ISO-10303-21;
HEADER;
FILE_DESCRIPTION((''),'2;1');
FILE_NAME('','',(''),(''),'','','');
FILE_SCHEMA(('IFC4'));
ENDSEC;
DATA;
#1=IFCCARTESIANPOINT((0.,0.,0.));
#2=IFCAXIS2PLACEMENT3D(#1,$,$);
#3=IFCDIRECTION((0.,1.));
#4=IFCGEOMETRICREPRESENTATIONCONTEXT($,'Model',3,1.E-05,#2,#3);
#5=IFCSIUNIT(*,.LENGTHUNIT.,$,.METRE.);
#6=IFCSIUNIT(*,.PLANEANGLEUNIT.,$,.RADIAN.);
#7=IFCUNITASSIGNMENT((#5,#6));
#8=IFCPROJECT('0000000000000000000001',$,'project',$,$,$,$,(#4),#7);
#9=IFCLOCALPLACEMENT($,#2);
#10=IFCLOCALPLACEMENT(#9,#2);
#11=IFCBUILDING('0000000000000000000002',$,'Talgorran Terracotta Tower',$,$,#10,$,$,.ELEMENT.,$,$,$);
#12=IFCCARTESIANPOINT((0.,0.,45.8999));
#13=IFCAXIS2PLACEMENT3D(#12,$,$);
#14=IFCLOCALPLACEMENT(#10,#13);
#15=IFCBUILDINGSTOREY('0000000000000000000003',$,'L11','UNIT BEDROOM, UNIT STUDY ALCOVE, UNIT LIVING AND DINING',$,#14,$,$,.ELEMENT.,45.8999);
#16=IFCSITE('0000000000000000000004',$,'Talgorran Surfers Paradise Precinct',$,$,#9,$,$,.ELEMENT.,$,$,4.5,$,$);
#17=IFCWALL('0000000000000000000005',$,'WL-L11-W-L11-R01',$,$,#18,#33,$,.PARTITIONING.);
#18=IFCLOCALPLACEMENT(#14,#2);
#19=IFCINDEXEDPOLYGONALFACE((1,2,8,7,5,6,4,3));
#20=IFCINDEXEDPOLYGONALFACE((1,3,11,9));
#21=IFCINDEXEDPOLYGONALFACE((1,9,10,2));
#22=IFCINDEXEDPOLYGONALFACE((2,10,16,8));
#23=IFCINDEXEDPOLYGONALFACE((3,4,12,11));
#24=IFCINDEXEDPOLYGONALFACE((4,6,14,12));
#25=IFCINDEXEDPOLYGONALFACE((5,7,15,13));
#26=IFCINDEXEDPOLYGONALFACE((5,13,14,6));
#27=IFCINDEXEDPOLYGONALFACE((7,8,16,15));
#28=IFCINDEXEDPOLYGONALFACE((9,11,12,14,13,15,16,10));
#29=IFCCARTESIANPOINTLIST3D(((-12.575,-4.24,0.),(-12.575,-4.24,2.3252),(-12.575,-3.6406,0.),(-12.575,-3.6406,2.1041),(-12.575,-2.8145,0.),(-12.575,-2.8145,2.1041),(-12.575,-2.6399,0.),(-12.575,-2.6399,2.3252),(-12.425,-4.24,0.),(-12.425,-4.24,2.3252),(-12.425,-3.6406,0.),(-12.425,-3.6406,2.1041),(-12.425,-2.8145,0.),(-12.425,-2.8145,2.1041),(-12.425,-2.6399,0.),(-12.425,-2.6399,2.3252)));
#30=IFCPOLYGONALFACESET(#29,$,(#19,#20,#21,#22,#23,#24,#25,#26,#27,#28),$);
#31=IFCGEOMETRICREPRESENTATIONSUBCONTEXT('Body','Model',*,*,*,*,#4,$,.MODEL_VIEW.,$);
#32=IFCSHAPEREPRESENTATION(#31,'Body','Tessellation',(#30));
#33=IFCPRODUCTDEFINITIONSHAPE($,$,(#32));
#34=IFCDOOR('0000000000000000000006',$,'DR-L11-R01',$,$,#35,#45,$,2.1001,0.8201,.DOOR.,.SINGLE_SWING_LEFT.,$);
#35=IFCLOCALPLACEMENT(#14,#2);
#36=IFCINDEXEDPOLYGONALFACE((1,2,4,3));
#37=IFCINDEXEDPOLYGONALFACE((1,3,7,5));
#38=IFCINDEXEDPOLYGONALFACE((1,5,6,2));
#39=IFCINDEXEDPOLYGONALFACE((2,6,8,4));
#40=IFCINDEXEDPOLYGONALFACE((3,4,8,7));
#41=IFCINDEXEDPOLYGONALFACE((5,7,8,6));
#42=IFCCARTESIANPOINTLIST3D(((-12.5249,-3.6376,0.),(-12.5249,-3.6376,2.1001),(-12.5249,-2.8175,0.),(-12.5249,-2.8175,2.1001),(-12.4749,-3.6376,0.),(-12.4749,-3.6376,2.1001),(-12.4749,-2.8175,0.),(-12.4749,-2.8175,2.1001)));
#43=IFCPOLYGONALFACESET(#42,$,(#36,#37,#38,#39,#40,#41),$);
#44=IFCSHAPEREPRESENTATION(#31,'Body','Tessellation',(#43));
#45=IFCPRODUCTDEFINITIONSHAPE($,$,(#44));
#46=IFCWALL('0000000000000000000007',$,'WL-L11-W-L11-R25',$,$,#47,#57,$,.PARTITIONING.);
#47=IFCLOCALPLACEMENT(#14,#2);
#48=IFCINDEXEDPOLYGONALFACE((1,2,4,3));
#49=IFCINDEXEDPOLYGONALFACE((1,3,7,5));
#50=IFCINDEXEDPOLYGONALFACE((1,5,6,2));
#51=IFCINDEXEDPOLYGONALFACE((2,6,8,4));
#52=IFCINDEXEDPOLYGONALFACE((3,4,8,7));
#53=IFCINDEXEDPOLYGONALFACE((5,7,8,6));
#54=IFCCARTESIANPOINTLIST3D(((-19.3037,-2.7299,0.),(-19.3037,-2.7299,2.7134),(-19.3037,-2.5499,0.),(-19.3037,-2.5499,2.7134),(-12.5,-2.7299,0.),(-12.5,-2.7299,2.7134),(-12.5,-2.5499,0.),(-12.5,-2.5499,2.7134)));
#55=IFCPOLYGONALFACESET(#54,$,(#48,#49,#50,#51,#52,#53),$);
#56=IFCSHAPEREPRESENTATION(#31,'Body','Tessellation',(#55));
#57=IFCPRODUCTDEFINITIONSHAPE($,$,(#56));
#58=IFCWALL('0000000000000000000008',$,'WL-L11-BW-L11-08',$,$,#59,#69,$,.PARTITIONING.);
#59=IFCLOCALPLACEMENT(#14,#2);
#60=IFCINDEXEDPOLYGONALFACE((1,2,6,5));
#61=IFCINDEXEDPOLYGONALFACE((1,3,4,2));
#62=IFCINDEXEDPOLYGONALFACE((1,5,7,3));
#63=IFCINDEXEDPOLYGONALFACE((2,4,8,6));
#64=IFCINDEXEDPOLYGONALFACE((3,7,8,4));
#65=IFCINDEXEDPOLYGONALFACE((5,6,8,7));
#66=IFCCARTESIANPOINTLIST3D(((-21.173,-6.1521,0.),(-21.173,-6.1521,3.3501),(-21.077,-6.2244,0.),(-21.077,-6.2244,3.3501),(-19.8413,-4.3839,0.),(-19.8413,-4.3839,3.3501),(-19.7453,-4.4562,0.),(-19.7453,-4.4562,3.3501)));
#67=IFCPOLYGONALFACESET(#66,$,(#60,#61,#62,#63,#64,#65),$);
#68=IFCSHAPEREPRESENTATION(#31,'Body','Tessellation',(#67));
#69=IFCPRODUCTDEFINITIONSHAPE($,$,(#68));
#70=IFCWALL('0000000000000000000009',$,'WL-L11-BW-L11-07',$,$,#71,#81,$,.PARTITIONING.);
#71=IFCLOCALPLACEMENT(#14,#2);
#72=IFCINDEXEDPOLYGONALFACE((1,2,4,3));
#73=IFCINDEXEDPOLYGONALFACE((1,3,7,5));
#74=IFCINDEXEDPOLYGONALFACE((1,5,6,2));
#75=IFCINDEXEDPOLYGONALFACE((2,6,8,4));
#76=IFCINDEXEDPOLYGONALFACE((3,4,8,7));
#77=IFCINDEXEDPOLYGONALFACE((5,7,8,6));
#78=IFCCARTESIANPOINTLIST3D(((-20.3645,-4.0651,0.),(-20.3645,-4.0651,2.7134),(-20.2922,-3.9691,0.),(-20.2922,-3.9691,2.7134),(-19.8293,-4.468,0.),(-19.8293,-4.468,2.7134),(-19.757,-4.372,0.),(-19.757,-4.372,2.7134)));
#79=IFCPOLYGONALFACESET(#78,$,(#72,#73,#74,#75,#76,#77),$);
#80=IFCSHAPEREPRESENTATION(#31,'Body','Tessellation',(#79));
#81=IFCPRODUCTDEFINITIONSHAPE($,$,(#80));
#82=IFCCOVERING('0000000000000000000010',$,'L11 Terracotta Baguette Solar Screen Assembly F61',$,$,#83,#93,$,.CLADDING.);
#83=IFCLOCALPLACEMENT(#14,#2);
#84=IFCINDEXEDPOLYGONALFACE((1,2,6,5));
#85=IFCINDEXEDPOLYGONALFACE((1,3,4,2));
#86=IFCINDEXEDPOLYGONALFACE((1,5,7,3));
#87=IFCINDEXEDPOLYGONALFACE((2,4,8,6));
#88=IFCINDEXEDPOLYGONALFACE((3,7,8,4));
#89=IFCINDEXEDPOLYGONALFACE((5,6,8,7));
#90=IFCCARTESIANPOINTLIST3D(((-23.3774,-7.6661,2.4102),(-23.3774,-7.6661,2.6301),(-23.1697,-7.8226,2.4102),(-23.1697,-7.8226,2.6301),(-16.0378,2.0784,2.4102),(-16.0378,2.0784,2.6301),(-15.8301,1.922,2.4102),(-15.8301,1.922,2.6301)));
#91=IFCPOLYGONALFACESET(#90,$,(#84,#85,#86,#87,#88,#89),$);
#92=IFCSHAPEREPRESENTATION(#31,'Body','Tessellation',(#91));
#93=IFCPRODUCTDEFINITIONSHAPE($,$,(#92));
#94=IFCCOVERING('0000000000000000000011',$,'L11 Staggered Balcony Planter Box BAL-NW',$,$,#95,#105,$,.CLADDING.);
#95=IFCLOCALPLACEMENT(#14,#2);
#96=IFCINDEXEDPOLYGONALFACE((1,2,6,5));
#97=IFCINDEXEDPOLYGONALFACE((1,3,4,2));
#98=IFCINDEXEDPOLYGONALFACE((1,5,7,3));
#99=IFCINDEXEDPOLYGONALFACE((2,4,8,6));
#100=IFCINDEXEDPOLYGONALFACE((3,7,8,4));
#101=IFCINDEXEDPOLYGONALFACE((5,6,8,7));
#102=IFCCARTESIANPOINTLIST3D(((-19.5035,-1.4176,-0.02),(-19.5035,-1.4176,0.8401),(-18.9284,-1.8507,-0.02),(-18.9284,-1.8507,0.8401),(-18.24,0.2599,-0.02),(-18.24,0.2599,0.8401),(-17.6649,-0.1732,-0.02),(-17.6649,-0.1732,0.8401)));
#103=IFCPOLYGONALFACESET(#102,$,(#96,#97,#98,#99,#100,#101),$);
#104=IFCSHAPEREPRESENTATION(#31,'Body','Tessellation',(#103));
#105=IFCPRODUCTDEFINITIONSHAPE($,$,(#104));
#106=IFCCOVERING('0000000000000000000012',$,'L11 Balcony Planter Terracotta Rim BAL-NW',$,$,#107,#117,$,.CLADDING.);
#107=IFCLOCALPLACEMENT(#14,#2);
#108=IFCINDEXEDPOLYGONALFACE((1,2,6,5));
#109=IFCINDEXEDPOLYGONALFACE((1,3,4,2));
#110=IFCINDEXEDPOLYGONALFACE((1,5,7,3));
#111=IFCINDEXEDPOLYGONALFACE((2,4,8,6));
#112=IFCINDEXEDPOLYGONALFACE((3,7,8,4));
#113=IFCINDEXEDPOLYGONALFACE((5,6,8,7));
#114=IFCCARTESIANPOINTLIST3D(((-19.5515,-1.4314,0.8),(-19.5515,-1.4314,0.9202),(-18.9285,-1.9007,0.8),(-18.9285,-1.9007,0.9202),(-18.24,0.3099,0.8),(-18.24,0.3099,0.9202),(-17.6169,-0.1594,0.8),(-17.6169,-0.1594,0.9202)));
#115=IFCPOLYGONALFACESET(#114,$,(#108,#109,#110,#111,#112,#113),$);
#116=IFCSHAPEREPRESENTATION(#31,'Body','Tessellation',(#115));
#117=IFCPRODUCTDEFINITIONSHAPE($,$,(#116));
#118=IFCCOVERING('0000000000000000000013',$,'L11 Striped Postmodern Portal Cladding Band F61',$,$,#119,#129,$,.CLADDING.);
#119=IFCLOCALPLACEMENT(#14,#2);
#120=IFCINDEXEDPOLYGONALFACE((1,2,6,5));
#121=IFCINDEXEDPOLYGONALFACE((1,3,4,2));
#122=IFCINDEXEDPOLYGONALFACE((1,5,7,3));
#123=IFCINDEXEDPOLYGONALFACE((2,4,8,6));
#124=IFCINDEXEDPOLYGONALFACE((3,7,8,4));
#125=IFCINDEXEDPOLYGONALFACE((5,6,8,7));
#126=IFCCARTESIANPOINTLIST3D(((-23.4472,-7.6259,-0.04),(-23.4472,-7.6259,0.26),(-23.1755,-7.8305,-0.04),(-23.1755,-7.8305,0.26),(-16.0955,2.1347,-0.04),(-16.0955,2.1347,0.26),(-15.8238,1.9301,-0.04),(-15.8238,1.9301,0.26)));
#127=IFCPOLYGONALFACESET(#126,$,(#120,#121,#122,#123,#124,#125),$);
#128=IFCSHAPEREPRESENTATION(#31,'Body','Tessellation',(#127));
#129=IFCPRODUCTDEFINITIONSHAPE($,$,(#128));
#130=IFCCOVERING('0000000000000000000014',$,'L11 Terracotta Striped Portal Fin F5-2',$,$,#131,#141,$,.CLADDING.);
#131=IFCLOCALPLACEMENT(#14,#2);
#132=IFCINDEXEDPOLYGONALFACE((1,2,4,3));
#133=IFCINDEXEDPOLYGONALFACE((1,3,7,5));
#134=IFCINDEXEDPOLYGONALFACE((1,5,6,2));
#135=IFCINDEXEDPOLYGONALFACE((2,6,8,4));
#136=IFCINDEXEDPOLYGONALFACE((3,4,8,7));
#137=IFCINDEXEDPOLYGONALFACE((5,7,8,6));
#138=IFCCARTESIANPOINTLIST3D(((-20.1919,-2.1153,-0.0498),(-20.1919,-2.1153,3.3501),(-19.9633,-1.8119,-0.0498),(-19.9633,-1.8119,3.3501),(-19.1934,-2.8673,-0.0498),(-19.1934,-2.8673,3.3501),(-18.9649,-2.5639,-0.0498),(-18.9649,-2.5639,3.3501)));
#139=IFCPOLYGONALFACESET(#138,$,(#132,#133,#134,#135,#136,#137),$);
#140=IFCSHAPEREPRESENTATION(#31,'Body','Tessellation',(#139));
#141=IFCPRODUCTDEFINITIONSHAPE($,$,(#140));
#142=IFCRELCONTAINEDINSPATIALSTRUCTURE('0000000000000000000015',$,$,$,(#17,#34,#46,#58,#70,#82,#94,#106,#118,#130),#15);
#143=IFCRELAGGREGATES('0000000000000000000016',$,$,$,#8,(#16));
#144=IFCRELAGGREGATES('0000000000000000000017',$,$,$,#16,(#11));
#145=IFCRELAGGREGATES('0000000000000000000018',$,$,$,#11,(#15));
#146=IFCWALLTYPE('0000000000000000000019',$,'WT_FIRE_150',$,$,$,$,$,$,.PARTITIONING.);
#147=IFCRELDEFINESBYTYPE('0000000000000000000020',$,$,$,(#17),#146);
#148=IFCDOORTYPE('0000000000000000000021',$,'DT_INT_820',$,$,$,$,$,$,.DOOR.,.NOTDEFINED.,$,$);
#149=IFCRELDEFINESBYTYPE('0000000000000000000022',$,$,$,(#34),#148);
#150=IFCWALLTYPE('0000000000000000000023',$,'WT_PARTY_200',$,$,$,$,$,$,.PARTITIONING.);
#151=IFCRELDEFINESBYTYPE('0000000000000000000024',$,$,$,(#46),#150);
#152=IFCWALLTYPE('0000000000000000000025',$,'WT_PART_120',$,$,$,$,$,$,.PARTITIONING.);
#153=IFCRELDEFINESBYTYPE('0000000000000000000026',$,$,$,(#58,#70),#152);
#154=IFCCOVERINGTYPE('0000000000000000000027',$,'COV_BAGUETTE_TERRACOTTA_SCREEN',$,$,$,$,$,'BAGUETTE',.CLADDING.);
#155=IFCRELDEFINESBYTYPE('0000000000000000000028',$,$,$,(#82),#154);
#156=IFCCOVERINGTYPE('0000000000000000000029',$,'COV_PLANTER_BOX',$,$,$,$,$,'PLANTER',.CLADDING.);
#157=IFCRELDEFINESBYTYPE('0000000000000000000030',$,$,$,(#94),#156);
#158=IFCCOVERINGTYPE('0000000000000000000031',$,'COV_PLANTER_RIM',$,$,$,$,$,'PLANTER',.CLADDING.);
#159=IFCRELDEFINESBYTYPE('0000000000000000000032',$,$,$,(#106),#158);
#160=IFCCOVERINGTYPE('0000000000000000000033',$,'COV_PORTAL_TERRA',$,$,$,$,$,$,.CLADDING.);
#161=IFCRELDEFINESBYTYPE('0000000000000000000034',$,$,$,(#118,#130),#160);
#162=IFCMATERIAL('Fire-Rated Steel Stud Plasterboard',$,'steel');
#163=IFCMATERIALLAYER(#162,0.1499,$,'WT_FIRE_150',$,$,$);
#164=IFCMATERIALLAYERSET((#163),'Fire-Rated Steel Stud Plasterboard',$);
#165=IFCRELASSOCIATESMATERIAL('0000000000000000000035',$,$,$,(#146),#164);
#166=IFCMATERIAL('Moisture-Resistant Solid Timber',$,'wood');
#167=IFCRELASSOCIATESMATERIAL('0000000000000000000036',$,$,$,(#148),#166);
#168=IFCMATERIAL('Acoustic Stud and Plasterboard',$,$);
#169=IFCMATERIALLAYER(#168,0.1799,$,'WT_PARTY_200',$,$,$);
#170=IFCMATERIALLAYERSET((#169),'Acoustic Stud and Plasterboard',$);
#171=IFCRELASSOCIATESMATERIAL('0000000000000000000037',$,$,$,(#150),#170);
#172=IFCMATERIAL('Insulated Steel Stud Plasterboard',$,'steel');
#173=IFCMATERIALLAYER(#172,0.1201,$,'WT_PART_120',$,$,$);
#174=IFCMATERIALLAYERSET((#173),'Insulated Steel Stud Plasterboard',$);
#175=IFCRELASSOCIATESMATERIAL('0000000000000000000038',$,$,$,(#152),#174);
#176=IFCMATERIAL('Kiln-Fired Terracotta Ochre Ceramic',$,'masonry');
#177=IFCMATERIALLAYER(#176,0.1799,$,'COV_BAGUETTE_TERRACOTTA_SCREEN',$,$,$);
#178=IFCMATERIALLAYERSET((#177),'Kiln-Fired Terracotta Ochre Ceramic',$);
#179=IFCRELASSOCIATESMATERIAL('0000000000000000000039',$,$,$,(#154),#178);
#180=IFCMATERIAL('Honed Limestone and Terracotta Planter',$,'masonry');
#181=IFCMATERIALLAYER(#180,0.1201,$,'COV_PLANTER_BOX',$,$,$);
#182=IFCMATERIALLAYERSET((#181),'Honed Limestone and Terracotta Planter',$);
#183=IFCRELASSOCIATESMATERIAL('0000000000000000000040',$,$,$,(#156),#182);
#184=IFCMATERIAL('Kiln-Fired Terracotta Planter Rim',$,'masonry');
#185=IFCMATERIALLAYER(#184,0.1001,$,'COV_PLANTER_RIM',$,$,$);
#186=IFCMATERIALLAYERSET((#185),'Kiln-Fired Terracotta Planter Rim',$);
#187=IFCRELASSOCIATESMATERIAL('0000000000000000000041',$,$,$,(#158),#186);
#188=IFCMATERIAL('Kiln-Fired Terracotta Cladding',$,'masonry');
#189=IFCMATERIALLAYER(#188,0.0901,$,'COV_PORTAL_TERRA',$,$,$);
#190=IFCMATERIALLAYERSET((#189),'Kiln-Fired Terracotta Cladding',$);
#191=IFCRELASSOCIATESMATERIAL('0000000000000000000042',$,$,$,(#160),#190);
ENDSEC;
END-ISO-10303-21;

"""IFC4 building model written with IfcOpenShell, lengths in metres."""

from ifc_helpers import new_model, si_unit, direction, frame, frame_2d, origin, origin_2d, place, context, subcontext, project, spatial, rectangle, extrude, material, layer, layer_set, type_object, element, fill, save


model = new_model("IFC4")

# Units and contexts
model_context = context("Model", 3, precision=1e-05, world=origin(), true_north=direction((0.0, 1.0)))
body_context = subcontext(model_context, "Body", "Model", "MODEL_VIEW")
ifc_project = project(units=[si_unit("LENGTHUNIT", "METRE"), si_unit("PLANEANGLEUNIT", "RADIAN")], contexts=[model_context])

# Site, building, storey
site_placement = place(None, origin())
site = spatial("IfcSite", under=ifc_project, at=site_placement, Name="Talgorran Surfers Paradise Precinct", CompositionType="ELEMENT", RefElevation=4.5)
building_placement = place(site_placement, origin())
building = spatial("IfcBuilding", under=site, at=building_placement, Name="Talgorran Terracotta Tower", CompositionType="ELEMENT")
storey_placement = place(building_placement, frame((0.0, 0.0, 45.8999)))
storey = spatial("IfcBuildingStorey", under=building, at=storey_placement, Name="L11", Description="UNIT BEDROOM, UNIT STUDY ALCOVE, UNIT LIVING AND DINING", CompositionType="ELEMENT", Elevation=45.8999)

# Shared definitions
ifc_material_1 = material(Name="Fire-Rated Steel Stud Plasterboard", Category="steel")
ifc_layer_1 = layer(ifc_material_1, 0.1499, Name="WT_FIRE_150")
ifc_layer_set_1 = layer_set([ifc_layer_1], Name="Fire-Rated Steel Stud Plasterboard")
wall_type_1 = type_object("IfcWallType", Name="WT_FIRE_150", PredefinedType="PARTITIONING", material=ifc_layer_set_1)

# Wall, opening, door
wall_1_placement = place(storey_placement, frame((-12.5, -4.24, 0.0), z_axis=(0.0, 0.0, 1.0), x_axis=(0.0, 1.0, 0.0)))
wall_1 = element("IfcWall", 1, at=wall_1_placement, inside=storey, type_object=wall_type_1, Name="WL-L11-W-L11-R01", PredefinedType="PARTITIONING", context=body_context, shape_type="SweptSolid", body=[
    extrude(rectangle(XDim=1.6001, YDim=0.1499, at=frame_2d((0.8, 0.0))), origin(), (0.0, 0.0, 1.0), 2.3252),
])
opening_1_placement = place(wall_1_placement, frame((0.6023, 0.0, 0.0)))
opening_1 = element("IfcOpeningElement", 2, at=opening_1_placement, cuts=wall_1, PredefinedType="OPENING", context=body_context, shape_type="SweptSolid", body=[
    extrude(rectangle(XDim=0.8261, YDim=2.1041, at=frame_2d((0.4102, 1.052))), frame((0.0, 0.085, 0.0), z_axis=(0.0, -1.0, 0.0), x_axis=(1.0, 0.0, 0.0)), (0.0, 0.0, 1.0), 0.1699),
])
ifc_material_2 = material(Name="Moisture-Resistant Solid Timber", Category="wood")
door_type_1 = type_object("IfcDoorType", Name="DT_INT_820", OperationType="NOTDEFINED", PredefinedType="DOOR", material=ifc_material_2)
door_1_placement = place(opening_1_placement, origin())
door_1 = element("IfcDoor", 3, at=door_1_placement, inside=storey, type_object=door_type_1, Name="DR-L11-R01", OperationType="SINGLE_SWING_LEFT", OverallHeight=2.1001, OverallWidth=0.8201, PredefinedType="DOOR", context=body_context, shape_type="SweptSolid", body=[
    extrude(rectangle(XDim=0.8201, YDim=2.1001, at=frame_2d((0.4102, 1.05))), frame((0.0, 0.0249, 0.0), z_axis=(0.0, -1.0, 0.0), x_axis=(1.0, 0.0, 0.0)), (0.0, 0.0, 1.0), 0.05),
])
fill(opening_1, door_1)

# Walls
ifc_material_3 = material(Name="Acoustic Stud and Plasterboard")
ifc_layer_2 = layer(ifc_material_3, 0.1799, Name="WT_PARTY_200")
ifc_layer_set_2 = layer_set([ifc_layer_2], Name="Acoustic Stud and Plasterboard")
wall_type_2 = type_object("IfcWallType", Name="WT_PARTY_200", PredefinedType="PARTITIONING", material=ifc_layer_set_2)
wall_2_placement = place(storey_placement, frame((-19.3037, -2.6399, 0.0), z_axis=(0.0, 0.0, 1.0), x_axis=(1.0, 0.0, 0.0)))
element("IfcWall", 4, at=wall_2_placement, inside=storey, type_object=wall_type_2, Name="WL-L11-W-L11-R25", PredefinedType="PARTITIONING", context=body_context, shape_type="SweptSolid", body=[
    extrude(rectangle(XDim=6.8037, YDim=0.1799, at=frame_2d((3.4019, 0.0))), origin(), (0.0, 0.0, 1.0), 2.7134),
])
ifc_material_4 = material(Name="Insulated Steel Stud Plasterboard", Category="steel")
ifc_layer_3 = layer(ifc_material_4, 0.1201, Name="WT_PART_120")
ifc_layer_set_3 = layer_set([ifc_layer_3], Name="Insulated Steel Stud Plasterboard")
wall_type_3 = type_object("IfcWallType", Name="WT_PART_120", PredefinedType="PARTITIONING", material=ifc_layer_set_3)
wall_3_placement = place(storey_placement, frame((-19.7932, -4.4199, 0.0), z_axis=(0.0, 0.0, 1.0), x_axis=(-0.601605, -0.798794, 0.0)))
element("IfcWall", 5, at=wall_3_placement, inside=storey, type_object=wall_type_3, Name="WL-L11-BW-L11-08", PredefinedType="PARTITIONING", context=body_context, shape_type="SweptSolid", body=[
    extrude(rectangle(XDim=2.2136, YDim=0.1201, at=frame_2d((1.1069, 0.0))), origin(), (0.0, 0.0, 1.0), 3.3501),
])
wall_4_placement = place(storey_placement, frame((-20.3284, -4.0171, 0.0), z_axis=(0.0, 0.0, 1.0), x_axis=(0.798949, -0.601399, 0.0)))
element("IfcWall", 6, at=wall_4_placement, inside=storey, type_object=wall_type_3, Name="WL-L11-BW-L11-07", PredefinedType="PARTITIONING", context=body_context, shape_type="SweptSolid", body=[
    extrude(rectangle(XDim=0.6699, YDim=0.1201, at=frame_2d((0.335, 0.0))), origin(), (0.0, 0.0, 1.0), 2.7134),
])

# Coverings
ifc_material_5 = material(Name="Kiln-Fired Terracotta Ochre Ceramic", Category="masonry")
ifc_layer_4 = layer(ifc_material_5, 0.1799, Name="COV_BAGUETTE_TERRACOTTA_SCREEN")
ifc_layer_set_4 = layer_set([ifc_layer_4], Name="Kiln-Fired Terracotta Ochre Ceramic")
covering_type_1 = type_object("IfcCoveringType", Name="COV_BAGUETTE_TERRACOTTA_SCREEN", ElementType="BAGUETTE", PredefinedType="CLADDING", material=ifc_layer_set_4)
covering_1_placement = place(storey_placement, frame((-19.6038, -2.8721, 2.4102), z_axis=(0.0, 0.0, 1.0), x_axis=(-0.601634, -0.798772, 0.0)))
element("IfcCovering", 7, at=covering_1_placement, inside=storey, type_object=covering_type_1, Name="L11 Terracotta Baguette Solar Screen Assembly F61", PredefinedType="CLADDING", context=body_context, shape_type="SweptSolid", body=[
    extrude(rectangle(XDim=12.1995, YDim=0.26, at=origin_2d()), origin(), (0.0, 0.0, 1.0), 0.22),
])
ifc_material_6 = material(Name="Honed Limestone and Terracotta Planter", Category="masonry")
ifc_layer_5 = layer(ifc_material_6, 0.1201, Name="COV_PLANTER_BOX")
ifc_layer_set_5 = layer_set([ifc_layer_5], Name="Honed Limestone and Terracotta Planter")
covering_type_2 = type_object("IfcCoveringType", Name="COV_PLANTER_BOX", ElementType="PLANTER", PredefinedType="CLADDING", material=ifc_layer_set_5)
covering_2_placement = place(storey_placement, frame((-18.5842, -0.7954, -0.02), z_axis=(0.0, 0.0, 1.0), x_axis=(-0.601634, -0.798772, 0.0)))
element("IfcCovering", 8, at=covering_2_placement, inside=storey, type_object=covering_type_2, Name="L11 Staggered Balcony Planter Box BAL-NW", PredefinedType="CLADDING", context=body_context, shape_type="SweptSolid", body=[
    extrude(rectangle(XDim=2.1001, YDim=0.72, at=origin_2d()), origin(), (0.0, 0.0, 1.0), 0.8601),
])
ifc_material_7 = material(Name="Kiln-Fired Terracotta Planter Rim", Category="masonry")
ifc_layer_6 = layer(ifc_material_7, 0.1001, Name="COV_PLANTER_RIM")
ifc_layer_set_6 = layer_set([ifc_layer_6], Name="Kiln-Fired Terracotta Planter Rim")
covering_type_3 = type_object("IfcCoveringType", Name="COV_PLANTER_RIM", ElementType="PLANTER", PredefinedType="CLADDING", material=ifc_layer_set_6)
covering_3_placement = place(storey_placement, frame((-18.5842, -0.7954, 0.8), z_axis=(0.0, 0.0, 1.0), x_axis=(-0.601634, -0.798772, 0.0)))
element("IfcCovering", 9, at=covering_3_placement, inside=storey, type_object=covering_type_3, Name="L11 Balcony Planter Terracotta Rim BAL-NW", PredefinedType="CLADDING", context=body_context, shape_type="SweptSolid", body=[
    extrude(rectangle(XDim=2.1799, YDim=0.78, at=origin_2d()), origin(), (0.0, 0.0, 1.0), 0.1201),
])
ifc_material_8 = material(Name="Kiln-Fired Terracotta Cladding", Category="masonry")
ifc_layer_7 = layer(ifc_material_8, 0.0901, Name="COV_PORTAL_TERRA")
ifc_layer_set_7 = layer_set([ifc_layer_7], Name="Kiln-Fired Terracotta Cladding")
covering_type_4 = type_object("IfcCoveringType", Name="COV_PORTAL_TERRA", PredefinedType="CLADDING", material=ifc_layer_set_7)
covering_4_placement = place(storey_placement, frame((-19.6355, -2.8479, -0.04), z_axis=(0.0, 0.0, 1.0), x_axis=(-0.601634, -0.798772, 0.0)))
element("IfcCovering", 10, at=covering_4_placement, inside=storey, type_object=covering_type_4, Name="L11 Striped Postmodern Portal Cladding Band F61", PredefinedType="CLADDING", context=body_context, shape_type="SweptSolid", body=[
    extrude(rectangle(XDim=12.2195, YDim=0.3401, at=origin_2d()), origin(), (0.0, 0.0, 1.0), 0.3),
])
covering_5_placement = place(storey_placement, frame((-19.5784, -2.3396, -0.0498), z_axis=(0.0, 0.0, 1.0), x_axis=(-0.601634, -0.798772, 0.0)))
element("IfcCovering", 11, at=covering_5_placement, inside=storey, type_object=covering_type_4, Name="L11 Terracotta Striped Portal Fin F5-2", PredefinedType="CLADDING", context=body_context, shape_type="SweptSolid", body=[
    extrude(rectangle(XDim=0.3799, YDim=1.25, at=origin_2d()), origin(), (0.0, 0.0, 1.0), 3.3999),
])

save(model, "model.ifc")
